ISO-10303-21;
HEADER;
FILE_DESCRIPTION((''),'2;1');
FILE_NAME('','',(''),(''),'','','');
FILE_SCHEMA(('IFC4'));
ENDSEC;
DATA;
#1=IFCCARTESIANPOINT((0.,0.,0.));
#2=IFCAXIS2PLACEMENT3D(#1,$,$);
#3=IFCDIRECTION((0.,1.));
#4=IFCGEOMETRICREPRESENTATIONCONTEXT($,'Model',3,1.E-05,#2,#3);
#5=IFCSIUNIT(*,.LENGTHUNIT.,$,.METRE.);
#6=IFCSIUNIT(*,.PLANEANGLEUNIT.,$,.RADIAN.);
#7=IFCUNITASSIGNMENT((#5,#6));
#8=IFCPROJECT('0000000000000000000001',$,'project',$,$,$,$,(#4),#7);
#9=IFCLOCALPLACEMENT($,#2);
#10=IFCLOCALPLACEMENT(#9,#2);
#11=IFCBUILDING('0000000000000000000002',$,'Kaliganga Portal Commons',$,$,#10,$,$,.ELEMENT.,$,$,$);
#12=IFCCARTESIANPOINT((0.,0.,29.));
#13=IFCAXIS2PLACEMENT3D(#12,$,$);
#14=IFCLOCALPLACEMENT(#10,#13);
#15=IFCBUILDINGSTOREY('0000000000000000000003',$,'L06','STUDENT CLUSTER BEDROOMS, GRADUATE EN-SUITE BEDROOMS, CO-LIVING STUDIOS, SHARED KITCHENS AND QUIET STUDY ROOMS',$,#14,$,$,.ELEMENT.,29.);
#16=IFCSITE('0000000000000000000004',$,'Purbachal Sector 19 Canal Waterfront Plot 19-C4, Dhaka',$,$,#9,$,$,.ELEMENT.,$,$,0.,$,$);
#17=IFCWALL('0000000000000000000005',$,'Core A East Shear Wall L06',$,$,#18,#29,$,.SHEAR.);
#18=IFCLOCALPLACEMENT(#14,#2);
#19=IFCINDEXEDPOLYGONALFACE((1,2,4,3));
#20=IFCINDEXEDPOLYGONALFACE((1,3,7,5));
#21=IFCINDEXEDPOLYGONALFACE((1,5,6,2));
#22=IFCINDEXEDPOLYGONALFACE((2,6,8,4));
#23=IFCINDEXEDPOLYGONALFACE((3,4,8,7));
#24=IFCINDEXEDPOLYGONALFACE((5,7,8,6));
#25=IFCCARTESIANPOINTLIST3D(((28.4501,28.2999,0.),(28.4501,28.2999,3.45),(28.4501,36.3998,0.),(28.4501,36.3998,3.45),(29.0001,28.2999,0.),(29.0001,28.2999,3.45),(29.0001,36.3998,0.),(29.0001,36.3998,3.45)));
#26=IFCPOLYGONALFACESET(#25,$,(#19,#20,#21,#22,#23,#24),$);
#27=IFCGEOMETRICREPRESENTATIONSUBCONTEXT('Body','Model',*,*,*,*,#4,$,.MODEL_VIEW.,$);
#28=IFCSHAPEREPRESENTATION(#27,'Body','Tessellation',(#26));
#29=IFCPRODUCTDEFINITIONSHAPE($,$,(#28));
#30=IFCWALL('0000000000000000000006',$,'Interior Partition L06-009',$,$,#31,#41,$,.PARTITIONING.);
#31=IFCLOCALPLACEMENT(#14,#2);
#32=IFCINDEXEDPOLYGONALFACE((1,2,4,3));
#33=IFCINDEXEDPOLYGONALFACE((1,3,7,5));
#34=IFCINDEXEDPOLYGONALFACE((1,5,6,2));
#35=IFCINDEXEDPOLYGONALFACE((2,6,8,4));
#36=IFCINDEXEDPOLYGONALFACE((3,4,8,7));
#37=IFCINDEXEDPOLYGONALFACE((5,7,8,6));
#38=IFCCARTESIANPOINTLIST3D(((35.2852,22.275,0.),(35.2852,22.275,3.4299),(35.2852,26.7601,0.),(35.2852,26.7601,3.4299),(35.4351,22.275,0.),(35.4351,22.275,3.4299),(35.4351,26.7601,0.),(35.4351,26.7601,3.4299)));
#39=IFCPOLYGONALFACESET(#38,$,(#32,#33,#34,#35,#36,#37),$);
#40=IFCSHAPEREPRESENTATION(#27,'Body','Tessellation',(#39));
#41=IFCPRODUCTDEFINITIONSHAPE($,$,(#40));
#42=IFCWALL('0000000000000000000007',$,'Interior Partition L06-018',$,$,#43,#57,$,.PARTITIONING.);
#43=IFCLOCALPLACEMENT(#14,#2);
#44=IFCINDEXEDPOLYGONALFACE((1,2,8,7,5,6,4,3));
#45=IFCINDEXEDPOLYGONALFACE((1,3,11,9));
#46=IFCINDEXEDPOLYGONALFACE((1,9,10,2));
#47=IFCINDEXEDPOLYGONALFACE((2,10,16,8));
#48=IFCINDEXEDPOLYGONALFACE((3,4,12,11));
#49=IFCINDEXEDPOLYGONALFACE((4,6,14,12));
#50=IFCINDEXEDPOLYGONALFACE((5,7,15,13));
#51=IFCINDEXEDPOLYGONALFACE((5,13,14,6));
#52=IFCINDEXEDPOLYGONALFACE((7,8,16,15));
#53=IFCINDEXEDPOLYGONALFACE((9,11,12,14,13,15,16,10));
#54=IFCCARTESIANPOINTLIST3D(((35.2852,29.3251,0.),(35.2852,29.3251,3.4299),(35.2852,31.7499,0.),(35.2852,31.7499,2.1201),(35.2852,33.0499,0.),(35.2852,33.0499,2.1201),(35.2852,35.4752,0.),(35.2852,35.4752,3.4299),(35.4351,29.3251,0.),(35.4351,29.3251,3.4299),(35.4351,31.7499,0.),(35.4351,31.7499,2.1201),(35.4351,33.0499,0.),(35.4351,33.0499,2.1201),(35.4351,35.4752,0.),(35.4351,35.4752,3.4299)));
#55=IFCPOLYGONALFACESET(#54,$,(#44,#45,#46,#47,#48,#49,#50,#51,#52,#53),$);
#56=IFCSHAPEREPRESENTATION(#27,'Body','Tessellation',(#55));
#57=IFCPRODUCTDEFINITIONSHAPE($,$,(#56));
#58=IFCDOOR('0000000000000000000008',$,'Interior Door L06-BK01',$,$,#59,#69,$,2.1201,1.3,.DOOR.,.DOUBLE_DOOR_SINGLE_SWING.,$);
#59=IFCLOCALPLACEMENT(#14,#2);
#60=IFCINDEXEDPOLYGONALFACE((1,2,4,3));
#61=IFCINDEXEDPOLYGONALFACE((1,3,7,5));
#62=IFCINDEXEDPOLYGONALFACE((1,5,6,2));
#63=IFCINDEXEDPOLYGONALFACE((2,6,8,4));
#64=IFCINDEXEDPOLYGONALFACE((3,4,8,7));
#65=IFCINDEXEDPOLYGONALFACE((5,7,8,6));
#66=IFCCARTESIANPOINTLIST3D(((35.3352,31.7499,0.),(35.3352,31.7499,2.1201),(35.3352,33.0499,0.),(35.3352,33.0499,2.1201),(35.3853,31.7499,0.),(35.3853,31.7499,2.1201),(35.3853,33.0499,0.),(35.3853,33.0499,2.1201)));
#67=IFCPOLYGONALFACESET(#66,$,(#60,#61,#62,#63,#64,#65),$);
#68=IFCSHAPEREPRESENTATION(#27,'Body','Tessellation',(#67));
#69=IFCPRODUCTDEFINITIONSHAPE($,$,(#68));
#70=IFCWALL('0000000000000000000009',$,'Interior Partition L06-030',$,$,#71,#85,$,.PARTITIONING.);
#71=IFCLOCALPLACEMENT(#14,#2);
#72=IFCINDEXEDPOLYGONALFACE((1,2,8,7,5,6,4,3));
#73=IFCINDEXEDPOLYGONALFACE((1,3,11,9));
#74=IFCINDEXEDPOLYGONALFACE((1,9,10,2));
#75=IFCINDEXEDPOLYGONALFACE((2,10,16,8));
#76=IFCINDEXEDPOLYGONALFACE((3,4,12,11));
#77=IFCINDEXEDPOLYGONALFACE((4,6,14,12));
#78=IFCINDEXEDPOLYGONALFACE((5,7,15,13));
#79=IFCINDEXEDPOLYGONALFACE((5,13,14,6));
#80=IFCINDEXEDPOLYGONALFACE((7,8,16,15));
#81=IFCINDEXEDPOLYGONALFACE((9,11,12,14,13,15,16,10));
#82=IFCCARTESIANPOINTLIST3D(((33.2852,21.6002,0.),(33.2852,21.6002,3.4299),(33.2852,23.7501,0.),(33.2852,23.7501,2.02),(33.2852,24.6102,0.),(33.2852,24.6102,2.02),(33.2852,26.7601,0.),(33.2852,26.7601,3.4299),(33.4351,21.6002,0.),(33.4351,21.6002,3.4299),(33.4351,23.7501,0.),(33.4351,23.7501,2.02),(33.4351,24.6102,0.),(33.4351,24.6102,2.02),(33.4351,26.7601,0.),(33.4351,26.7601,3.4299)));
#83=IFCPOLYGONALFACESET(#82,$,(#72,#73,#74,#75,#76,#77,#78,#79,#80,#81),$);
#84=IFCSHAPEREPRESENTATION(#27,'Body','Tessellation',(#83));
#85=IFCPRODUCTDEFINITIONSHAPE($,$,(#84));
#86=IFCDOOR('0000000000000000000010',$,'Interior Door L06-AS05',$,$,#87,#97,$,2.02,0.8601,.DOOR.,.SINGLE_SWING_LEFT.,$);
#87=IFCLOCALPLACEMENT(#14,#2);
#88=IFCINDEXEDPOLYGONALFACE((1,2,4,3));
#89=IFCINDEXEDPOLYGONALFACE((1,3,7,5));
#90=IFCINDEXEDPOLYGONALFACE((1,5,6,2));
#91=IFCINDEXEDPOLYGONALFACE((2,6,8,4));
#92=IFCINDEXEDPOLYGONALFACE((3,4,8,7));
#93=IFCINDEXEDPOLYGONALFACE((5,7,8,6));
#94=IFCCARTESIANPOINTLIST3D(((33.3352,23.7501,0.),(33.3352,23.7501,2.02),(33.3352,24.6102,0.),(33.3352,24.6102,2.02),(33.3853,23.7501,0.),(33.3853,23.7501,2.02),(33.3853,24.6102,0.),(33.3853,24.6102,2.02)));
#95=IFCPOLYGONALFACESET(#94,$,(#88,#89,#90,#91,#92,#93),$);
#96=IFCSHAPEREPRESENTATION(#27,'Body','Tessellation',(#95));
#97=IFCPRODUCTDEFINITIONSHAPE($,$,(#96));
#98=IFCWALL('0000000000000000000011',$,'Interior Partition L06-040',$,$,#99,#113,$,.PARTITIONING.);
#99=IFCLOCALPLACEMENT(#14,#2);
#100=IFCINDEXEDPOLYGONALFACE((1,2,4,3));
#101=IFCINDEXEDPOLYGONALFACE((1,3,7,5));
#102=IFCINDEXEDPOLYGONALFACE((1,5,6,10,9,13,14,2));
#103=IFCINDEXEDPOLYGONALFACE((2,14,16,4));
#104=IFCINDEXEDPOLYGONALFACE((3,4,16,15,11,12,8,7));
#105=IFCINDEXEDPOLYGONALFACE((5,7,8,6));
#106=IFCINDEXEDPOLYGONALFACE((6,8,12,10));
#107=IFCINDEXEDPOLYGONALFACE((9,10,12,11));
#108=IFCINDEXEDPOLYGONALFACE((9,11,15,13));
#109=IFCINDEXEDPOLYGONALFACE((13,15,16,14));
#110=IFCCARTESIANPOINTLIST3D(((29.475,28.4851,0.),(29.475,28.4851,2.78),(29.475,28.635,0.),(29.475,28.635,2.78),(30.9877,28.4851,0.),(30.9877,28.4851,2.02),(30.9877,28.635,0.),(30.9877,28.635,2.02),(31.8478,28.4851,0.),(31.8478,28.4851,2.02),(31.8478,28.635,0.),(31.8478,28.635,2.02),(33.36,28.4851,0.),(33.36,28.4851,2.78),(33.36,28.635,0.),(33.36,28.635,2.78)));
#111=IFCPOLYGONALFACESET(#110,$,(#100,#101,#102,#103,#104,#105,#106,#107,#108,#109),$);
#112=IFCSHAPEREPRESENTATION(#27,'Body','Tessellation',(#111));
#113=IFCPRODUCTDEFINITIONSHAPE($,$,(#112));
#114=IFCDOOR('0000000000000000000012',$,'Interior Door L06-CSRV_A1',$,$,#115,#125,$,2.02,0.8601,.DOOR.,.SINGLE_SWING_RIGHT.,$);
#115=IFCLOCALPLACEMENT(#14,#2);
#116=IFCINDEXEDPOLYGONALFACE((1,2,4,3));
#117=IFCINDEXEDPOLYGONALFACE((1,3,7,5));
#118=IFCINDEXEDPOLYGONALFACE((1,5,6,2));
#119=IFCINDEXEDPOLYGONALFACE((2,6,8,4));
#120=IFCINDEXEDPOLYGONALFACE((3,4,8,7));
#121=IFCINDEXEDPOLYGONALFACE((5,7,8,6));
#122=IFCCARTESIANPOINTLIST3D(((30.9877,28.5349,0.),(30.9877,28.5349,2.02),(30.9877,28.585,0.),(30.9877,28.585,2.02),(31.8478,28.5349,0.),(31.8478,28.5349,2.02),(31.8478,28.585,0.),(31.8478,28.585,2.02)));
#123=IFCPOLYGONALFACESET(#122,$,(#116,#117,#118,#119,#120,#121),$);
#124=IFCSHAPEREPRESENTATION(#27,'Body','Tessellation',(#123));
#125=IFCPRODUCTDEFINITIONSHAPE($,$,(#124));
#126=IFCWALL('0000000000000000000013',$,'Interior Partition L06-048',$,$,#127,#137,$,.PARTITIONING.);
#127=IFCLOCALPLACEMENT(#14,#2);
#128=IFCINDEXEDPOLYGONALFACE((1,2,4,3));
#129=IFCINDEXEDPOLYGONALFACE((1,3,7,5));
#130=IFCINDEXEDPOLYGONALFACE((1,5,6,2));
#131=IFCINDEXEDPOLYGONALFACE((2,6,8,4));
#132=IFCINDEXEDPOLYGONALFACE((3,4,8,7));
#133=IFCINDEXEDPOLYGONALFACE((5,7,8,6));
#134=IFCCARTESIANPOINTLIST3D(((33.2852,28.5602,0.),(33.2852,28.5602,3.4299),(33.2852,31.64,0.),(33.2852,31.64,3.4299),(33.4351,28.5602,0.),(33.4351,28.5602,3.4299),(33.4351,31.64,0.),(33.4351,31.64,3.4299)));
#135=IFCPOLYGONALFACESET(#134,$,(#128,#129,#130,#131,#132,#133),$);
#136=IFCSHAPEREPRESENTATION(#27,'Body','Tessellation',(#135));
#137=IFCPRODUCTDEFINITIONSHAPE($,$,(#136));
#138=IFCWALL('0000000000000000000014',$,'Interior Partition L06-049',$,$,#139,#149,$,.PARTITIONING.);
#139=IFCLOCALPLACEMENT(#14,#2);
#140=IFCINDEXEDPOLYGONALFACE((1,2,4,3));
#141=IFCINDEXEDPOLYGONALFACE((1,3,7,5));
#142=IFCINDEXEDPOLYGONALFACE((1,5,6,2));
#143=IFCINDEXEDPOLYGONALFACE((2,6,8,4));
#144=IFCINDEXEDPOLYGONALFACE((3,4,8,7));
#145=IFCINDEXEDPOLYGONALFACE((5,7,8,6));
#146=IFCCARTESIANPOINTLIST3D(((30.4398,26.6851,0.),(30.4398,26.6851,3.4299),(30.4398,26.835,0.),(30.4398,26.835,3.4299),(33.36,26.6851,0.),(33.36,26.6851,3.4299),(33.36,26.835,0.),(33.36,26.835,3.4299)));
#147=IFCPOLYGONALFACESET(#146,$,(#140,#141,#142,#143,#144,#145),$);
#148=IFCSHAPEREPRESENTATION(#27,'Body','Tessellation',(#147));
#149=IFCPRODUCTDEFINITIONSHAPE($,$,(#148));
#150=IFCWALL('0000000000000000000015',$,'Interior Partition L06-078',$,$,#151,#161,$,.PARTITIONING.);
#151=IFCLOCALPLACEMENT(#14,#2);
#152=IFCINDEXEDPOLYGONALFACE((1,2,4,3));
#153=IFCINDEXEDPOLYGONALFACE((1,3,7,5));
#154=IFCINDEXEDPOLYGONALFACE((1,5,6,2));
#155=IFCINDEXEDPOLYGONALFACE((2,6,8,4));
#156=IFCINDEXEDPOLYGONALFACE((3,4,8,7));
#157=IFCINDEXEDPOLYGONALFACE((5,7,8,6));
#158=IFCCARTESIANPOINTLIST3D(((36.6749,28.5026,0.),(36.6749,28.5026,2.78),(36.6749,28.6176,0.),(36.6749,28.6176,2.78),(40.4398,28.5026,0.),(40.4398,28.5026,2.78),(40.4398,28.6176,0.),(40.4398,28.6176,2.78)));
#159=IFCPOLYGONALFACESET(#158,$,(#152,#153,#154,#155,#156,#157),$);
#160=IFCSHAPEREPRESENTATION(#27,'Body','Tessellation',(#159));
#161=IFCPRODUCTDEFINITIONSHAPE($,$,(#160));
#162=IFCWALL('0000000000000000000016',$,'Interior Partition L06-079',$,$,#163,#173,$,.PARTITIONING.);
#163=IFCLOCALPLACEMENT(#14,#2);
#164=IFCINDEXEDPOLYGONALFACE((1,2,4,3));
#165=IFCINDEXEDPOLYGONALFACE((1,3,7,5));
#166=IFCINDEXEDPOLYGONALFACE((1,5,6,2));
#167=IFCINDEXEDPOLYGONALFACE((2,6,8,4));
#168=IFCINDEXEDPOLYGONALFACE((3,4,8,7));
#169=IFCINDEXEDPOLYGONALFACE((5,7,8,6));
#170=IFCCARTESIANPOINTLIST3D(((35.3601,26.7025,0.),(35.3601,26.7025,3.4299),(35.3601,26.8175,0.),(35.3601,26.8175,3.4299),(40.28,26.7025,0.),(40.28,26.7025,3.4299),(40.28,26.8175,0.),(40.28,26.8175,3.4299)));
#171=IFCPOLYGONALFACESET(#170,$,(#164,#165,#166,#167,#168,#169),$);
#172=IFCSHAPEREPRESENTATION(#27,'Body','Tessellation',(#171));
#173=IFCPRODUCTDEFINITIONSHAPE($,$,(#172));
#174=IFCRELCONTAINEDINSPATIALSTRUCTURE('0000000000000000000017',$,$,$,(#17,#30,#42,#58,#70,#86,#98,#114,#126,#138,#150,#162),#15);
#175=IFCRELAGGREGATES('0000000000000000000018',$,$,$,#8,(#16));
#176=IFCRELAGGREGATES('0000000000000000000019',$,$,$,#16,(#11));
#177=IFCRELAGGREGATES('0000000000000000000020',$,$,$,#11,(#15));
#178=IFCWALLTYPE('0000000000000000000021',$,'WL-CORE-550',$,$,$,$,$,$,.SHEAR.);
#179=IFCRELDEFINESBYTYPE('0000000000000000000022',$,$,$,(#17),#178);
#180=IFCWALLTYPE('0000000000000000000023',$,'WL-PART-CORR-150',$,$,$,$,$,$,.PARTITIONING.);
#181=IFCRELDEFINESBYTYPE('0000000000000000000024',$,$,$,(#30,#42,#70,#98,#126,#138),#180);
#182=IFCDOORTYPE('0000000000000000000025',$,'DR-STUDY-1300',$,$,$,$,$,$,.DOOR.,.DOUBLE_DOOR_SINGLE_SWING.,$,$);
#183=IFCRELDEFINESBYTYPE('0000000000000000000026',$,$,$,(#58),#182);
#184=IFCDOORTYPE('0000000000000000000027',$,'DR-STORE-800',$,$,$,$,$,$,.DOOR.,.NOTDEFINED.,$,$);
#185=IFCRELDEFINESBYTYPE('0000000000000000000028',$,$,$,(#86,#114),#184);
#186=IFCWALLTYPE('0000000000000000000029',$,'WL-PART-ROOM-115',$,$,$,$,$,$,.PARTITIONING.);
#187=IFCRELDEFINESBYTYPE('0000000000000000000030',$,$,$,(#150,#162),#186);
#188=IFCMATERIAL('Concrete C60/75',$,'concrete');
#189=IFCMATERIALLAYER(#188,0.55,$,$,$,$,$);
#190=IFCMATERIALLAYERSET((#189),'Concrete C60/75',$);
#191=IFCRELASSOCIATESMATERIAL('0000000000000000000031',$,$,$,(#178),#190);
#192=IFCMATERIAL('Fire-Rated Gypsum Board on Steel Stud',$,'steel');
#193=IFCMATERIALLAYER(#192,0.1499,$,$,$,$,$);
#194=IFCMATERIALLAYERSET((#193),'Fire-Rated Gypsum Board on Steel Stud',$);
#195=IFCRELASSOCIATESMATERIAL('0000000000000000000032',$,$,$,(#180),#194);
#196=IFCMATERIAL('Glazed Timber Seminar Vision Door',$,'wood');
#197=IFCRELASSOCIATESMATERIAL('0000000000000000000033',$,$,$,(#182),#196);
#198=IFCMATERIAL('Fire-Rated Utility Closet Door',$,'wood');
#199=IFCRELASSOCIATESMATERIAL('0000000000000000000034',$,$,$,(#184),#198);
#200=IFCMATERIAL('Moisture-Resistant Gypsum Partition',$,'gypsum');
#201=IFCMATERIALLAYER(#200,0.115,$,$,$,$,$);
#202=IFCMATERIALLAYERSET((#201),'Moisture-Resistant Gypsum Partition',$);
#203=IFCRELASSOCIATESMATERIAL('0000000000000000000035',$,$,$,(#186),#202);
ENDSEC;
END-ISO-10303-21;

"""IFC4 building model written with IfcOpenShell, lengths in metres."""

from ifc_helpers import new_model, si_unit, direction, frame, frame_2d, origin, place, context, subcontext, project, spatial, rectangle, extrude, material, layer, layer_set, type_object, element, fill, save


model = new_model("IFC4")

# Units and contexts
model_context = context("Model", 3, precision=1e-05, world=origin(), true_north=direction((0.0, 1.0)))
body_context = subcontext(model_context, "Body", "Model", "MODEL_VIEW")
ifc_project = project(units=[si_unit("LENGTHUNIT", "METRE"), si_unit("PLANEANGLEUNIT", "RADIAN")], contexts=[model_context])

# Site, building, storey
site_placement = place(None, origin())
site = spatial("IfcSite", under=ifc_project, at=site_placement, Name="Purbachal Sector 19 Canal Waterfront Plot 19-C4, Dhaka", CompositionType="ELEMENT", RefElevation=0.0)
building_placement = place(site_placement, origin())
building = spatial("IfcBuilding", under=site, at=building_placement, Name="Kaliganga Portal Commons", CompositionType="ELEMENT")
storey_placement = place(building_placement, frame((0.0, 0.0, 29.0)))
storey = spatial("IfcBuildingStorey", under=building, at=storey_placement, Name="L06", Description="STUDENT CLUSTER BEDROOMS, GRADUATE EN-SUITE BEDROOMS, CO-LIVING STUDIOS, SHARED KITCHENS AND QUIET STUDY ROOMS", CompositionType="ELEMENT", Elevation=29.0)

# Walls
ifc_material_1 = material(Name="Concrete C60/75", Category="concrete")
ifc_layer_1 = layer(ifc_material_1, 0.55)
ifc_layer_set_1 = layer_set([ifc_layer_1], Name="Concrete C60/75")
wall_type_1 = type_object("IfcWallType", Name="WL-CORE-550", PredefinedType="SHEAR", material=ifc_layer_set_1)
wall_1_placement = place(storey_placement, frame((28.7251, 28.3, 0.0), z_axis=(0.0, 0.0, 1.0), x_axis=(0.0, 1.0, 0.0)))
element("IfcWall", 1, at=wall_1_placement, inside=storey, type_object=wall_type_1, Name="Core A East Shear Wall L06", PredefinedType="SHEAR", context=body_context, shape_type="SweptSolid", body=[
    extrude(rectangle(XDim=8.0999, YDim=0.55, at=frame_2d((4.0498, 0.0))), origin(), (0.0, 0.0, 1.0), 3.45),
])
ifc_material_2 = material(Name="Fire-Rated Gypsum Board on Steel Stud", Category="steel")
ifc_layer_2 = layer(ifc_material_2, 0.1499)
ifc_layer_set_2 = layer_set([ifc_layer_2], Name="Fire-Rated Gypsum Board on Steel Stud")
wall_type_2 = type_object("IfcWallType", Name="WL-PART-CORR-150", PredefinedType="PARTITIONING", material=ifc_layer_set_2)
wall_2_placement = place(storey_placement, frame((35.3601, 22.2749, 0.0), z_axis=(0.0, 0.0, 1.0), x_axis=(0.0, 1.0, 0.0)))
element("IfcWall", 2, at=wall_2_placement, inside=storey, type_object=wall_type_2, Name="Interior Partition L06-009", PredefinedType="PARTITIONING", context=body_context, shape_type="SweptSolid", body=[
    extrude(rectangle(XDim=4.4851, YDim=0.1499, at=frame_2d((2.2427, 0.0))), origin(), (0.0, 0.0, 1.0), 3.4299),
])

# Walls, openings, doors
wall_3_placement = place(storey_placement, frame((35.3601, 29.325, 0.0), z_axis=(0.0, 0.0, 1.0), x_axis=(0.0, 1.0, 0.0)))
wall_3 = element("IfcWall", 3, at=wall_3_placement, inside=storey, type_object=wall_type_2, Name="Interior Partition L06-018", PredefinedType="PARTITIONING", context=body_context, shape_type="SweptSolid", body=[
    extrude(rectangle(XDim=6.1501, YDim=0.1499, at=frame_2d((3.0752, 0.0))), origin(), (0.0, 0.0, 1.0), 3.4299),
])
opening_1_placement = place(wall_3_placement, frame((2.425, 0.0, 0.0)))
opening_1 = element("IfcOpeningElement", 4, at=opening_1_placement, cuts=wall_3, PredefinedType="OPENING", context=body_context, shape_type="SweptSolid", body=[
    extrude(rectangle(XDim=1.3, YDim=2.1201, at=frame_2d((0.6499, 1.0601))), frame((0.0, 0.085, 0.0), z_axis=(0.0, -1.0, 0.0), x_axis=(1.0, 0.0, 0.0)), (0.0, 0.0, 1.0), 0.1699),
])
ifc_material_3 = material(Name="Glazed Timber Seminar Vision Door", Category="wood")
door_type_1 = type_object("IfcDoorType", Name="DR-STUDY-1300", OperationType="DOUBLE_DOOR_SINGLE_SWING", PredefinedType="DOOR", material=ifc_material_3)
door_1_placement = place(opening_1_placement, origin())
door_1 = element("IfcDoor", 5, at=door_1_placement, inside=storey, type_object=door_type_1, Name="Interior Door L06-BK01", OperationType="DOUBLE_DOOR_SINGLE_SWING", OverallHeight=2.1201, OverallWidth=1.3, PredefinedType="DOOR", context=body_context, shape_type="SweptSolid", body=[
    extrude(rectangle(XDim=1.3, YDim=2.1201, at=frame_2d((0.6499, 1.0601))), frame((0.0, 0.0249, 0.0), z_axis=(0.0, -1.0, 0.0), x_axis=(1.0, 0.0, 0.0)), (0.0, 0.0, 1.0), 0.05),
])
fill(opening_1, door_1)
wall_4_placement = place(storey_placement, frame((33.3601, 21.6001, 0.0), z_axis=(0.0, 0.0, 1.0), x_axis=(0.0, 1.0, 0.0)))
wall_4 = element("IfcWall", 6, at=wall_4_placement, inside=storey, type_object=wall_type_2, Name="Interior Partition L06-030", PredefinedType="PARTITIONING", context=body_context, shape_type="SweptSolid", body=[
    extrude(rectangle(XDim=5.1599, YDim=0.1499, at=frame_2d((2.5801, 0.0))), origin(), (0.0, 0.0, 1.0), 3.4299),
])
opening_2_placement = place(wall_4_placement, frame((2.1499, 0.0, 0.0)))
opening_2 = element("IfcOpeningElement", 7, at=opening_2_placement, cuts=wall_4, PredefinedType="OPENING", context=body_context, shape_type="SweptSolid", body=[
    extrude(rectangle(XDim=0.8601, YDim=2.02, at=frame_2d((0.4302, 1.01))), frame((0.0, 0.085, 0.0), z_axis=(0.0, -1.0, 0.0), x_axis=(1.0, 0.0, 0.0)), (0.0, 0.0, 1.0), 0.1699),
])
ifc_material_4 = material(Name="Fire-Rated Utility Closet Door", Category="wood")
door_type_2 = type_object("IfcDoorType", Name="DR-STORE-800", OperationType="NOTDEFINED", PredefinedType="DOOR", material=ifc_material_4)
door_2_placement = place(opening_2_placement, origin())
door_2 = element("IfcDoor", 8, at=door_2_placement, inside=storey, type_object=door_type_2, Name="Interior Door L06-AS05", OperationType="SINGLE_SWING_LEFT", OverallHeight=2.02, OverallWidth=0.8601, PredefinedType="DOOR", context=body_context, shape_type="SweptSolid", body=[
    extrude(rectangle(XDim=0.8601, YDim=2.02, at=frame_2d((0.4302, 1.01))), frame((0.0, 0.0249, 0.0), z_axis=(0.0, -1.0, 0.0), x_axis=(1.0, 0.0, 0.0)), (0.0, 0.0, 1.0), 0.05),
])
fill(opening_2, door_2)
wall_5_placement = place(storey_placement, frame((29.4751, 28.5601, 0.0), z_axis=(0.0, 0.0, 1.0), x_axis=(1.0, 0.0, 0.0)))
wall_5 = element("IfcWall", 9, at=wall_5_placement, inside=storey, type_object=wall_type_2, Name="Interior Partition L06-040", PredefinedType="PARTITIONING", context=body_context, shape_type="SweptSolid", body=[
    extrude(rectangle(XDim=3.885, YDim=0.1499, at=frame_2d((1.9424, 0.0))), origin(), (0.0, 0.0, 1.0), 2.78),
])
opening_3_placement = place(wall_5_placement, frame((1.5125, 0.0, 0.0)))
opening_3 = element("IfcOpeningElement", 10, at=opening_3_placement, cuts=wall_5, PredefinedType="OPENING", context=body_context, shape_type="SweptSolid", body=[
    extrude(rectangle(XDim=0.8601, YDim=2.02, at=frame_2d((0.4302, 1.01))), frame((0.0, 0.085, 0.0), z_axis=(0.0, -1.0, 0.0), x_axis=(1.0, 0.0, 0.0)), (0.0, 0.0, 1.0), 0.1699),
])
door_3_placement = place(opening_3_placement, origin())
door_3 = element("IfcDoor", 11, at=door_3_placement, inside=storey, type_object=door_type_2, Name="Interior Door L06-CSRV_A1", OperationType="SINGLE_SWING_RIGHT", OverallHeight=2.02, OverallWidth=0.8601, PredefinedType="DOOR", context=body_context, shape_type="SweptSolid", body=[
    extrude(rectangle(XDim=0.8601, YDim=2.02, at=frame_2d((0.4302, 1.01))), frame((0.0, 0.0249, 0.0), z_axis=(0.0, -1.0, 0.0), x_axis=(1.0, 0.0, 0.0)), (0.0, 0.0, 1.0), 0.05),
])
fill(opening_3, door_3)

# Walls
wall_6_placement = place(storey_placement, frame((33.3601, 28.5601, 0.0), z_axis=(0.0, 0.0, 1.0), x_axis=(0.0, 1.0, 0.0)))
element("IfcWall", 12, at=wall_6_placement, inside=storey, type_object=wall_type_2, Name="Interior Partition L06-048", PredefinedType="PARTITIONING", context=body_context, shape_type="SweptSolid", body=[
    extrude(rectangle(XDim=3.0798, YDim=0.1499, at=frame_2d((1.54, 0.0))), origin(), (0.0, 0.0, 1.0), 3.4299),
])
wall_7_placement = place(storey_placement, frame((30.4399, 26.76, 0.0), z_axis=(0.0, 0.0, 1.0), x_axis=(1.0, 0.0, 0.0)))
element("IfcWall", 13, at=wall_7_placement, inside=storey, type_object=wall_type_2, Name="Interior Partition L06-049", PredefinedType="PARTITIONING", context=body_context, shape_type="SweptSolid", body=[
    extrude(rectangle(XDim=2.9202, YDim=0.1499, at=frame_2d((1.46, 0.0))), origin(), (0.0, 0.0, 1.0), 3.4299),
])
ifc_material_5 = material(Name="Moisture-Resistant Gypsum Partition", Category="gypsum")
ifc_layer_3 = layer(ifc_material_5, 0.115)
ifc_layer_set_3 = layer_set([ifc_layer_3], Name="Moisture-Resistant Gypsum Partition")
wall_type_3 = type_object("IfcWallType", Name="WL-PART-ROOM-115", PredefinedType="PARTITIONING", material=ifc_layer_set_3)
wall_8_placement = place(storey_placement, frame((36.675, 28.5601, 0.0), z_axis=(0.0, 0.0, 1.0), x_axis=(1.0, 0.0, 0.0)))
element("IfcWall", 14, at=wall_8_placement, inside=storey, type_object=wall_type_3, Name="Interior Partition L06-078", PredefinedType="PARTITIONING", context=body_context, shape_type="SweptSolid", body=[
    extrude(rectangle(XDim=3.7649, YDim=0.115, at=frame_2d((1.8823, 0.0))), origin(), (0.0, 0.0, 1.0), 2.78),
])
wall_9_placement = place(storey_placement, frame((35.3601, 26.76, 0.0), z_axis=(0.0, 0.0, 1.0), x_axis=(1.0, 0.0, 0.0)))
element("IfcWall", 15, at=wall_9_placement, inside=storey, type_object=wall_type_3, Name="Interior Partition L06-079", PredefinedType="PARTITIONING", context=body_context, shape_type="SweptSolid", body=[
    extrude(rectangle(XDim=4.9199, YDim=0.115, at=frame_2d((2.46, 0.0))), origin(), (0.0, 0.0, 1.0), 3.4299),
])

save(model, "model.ifc")
